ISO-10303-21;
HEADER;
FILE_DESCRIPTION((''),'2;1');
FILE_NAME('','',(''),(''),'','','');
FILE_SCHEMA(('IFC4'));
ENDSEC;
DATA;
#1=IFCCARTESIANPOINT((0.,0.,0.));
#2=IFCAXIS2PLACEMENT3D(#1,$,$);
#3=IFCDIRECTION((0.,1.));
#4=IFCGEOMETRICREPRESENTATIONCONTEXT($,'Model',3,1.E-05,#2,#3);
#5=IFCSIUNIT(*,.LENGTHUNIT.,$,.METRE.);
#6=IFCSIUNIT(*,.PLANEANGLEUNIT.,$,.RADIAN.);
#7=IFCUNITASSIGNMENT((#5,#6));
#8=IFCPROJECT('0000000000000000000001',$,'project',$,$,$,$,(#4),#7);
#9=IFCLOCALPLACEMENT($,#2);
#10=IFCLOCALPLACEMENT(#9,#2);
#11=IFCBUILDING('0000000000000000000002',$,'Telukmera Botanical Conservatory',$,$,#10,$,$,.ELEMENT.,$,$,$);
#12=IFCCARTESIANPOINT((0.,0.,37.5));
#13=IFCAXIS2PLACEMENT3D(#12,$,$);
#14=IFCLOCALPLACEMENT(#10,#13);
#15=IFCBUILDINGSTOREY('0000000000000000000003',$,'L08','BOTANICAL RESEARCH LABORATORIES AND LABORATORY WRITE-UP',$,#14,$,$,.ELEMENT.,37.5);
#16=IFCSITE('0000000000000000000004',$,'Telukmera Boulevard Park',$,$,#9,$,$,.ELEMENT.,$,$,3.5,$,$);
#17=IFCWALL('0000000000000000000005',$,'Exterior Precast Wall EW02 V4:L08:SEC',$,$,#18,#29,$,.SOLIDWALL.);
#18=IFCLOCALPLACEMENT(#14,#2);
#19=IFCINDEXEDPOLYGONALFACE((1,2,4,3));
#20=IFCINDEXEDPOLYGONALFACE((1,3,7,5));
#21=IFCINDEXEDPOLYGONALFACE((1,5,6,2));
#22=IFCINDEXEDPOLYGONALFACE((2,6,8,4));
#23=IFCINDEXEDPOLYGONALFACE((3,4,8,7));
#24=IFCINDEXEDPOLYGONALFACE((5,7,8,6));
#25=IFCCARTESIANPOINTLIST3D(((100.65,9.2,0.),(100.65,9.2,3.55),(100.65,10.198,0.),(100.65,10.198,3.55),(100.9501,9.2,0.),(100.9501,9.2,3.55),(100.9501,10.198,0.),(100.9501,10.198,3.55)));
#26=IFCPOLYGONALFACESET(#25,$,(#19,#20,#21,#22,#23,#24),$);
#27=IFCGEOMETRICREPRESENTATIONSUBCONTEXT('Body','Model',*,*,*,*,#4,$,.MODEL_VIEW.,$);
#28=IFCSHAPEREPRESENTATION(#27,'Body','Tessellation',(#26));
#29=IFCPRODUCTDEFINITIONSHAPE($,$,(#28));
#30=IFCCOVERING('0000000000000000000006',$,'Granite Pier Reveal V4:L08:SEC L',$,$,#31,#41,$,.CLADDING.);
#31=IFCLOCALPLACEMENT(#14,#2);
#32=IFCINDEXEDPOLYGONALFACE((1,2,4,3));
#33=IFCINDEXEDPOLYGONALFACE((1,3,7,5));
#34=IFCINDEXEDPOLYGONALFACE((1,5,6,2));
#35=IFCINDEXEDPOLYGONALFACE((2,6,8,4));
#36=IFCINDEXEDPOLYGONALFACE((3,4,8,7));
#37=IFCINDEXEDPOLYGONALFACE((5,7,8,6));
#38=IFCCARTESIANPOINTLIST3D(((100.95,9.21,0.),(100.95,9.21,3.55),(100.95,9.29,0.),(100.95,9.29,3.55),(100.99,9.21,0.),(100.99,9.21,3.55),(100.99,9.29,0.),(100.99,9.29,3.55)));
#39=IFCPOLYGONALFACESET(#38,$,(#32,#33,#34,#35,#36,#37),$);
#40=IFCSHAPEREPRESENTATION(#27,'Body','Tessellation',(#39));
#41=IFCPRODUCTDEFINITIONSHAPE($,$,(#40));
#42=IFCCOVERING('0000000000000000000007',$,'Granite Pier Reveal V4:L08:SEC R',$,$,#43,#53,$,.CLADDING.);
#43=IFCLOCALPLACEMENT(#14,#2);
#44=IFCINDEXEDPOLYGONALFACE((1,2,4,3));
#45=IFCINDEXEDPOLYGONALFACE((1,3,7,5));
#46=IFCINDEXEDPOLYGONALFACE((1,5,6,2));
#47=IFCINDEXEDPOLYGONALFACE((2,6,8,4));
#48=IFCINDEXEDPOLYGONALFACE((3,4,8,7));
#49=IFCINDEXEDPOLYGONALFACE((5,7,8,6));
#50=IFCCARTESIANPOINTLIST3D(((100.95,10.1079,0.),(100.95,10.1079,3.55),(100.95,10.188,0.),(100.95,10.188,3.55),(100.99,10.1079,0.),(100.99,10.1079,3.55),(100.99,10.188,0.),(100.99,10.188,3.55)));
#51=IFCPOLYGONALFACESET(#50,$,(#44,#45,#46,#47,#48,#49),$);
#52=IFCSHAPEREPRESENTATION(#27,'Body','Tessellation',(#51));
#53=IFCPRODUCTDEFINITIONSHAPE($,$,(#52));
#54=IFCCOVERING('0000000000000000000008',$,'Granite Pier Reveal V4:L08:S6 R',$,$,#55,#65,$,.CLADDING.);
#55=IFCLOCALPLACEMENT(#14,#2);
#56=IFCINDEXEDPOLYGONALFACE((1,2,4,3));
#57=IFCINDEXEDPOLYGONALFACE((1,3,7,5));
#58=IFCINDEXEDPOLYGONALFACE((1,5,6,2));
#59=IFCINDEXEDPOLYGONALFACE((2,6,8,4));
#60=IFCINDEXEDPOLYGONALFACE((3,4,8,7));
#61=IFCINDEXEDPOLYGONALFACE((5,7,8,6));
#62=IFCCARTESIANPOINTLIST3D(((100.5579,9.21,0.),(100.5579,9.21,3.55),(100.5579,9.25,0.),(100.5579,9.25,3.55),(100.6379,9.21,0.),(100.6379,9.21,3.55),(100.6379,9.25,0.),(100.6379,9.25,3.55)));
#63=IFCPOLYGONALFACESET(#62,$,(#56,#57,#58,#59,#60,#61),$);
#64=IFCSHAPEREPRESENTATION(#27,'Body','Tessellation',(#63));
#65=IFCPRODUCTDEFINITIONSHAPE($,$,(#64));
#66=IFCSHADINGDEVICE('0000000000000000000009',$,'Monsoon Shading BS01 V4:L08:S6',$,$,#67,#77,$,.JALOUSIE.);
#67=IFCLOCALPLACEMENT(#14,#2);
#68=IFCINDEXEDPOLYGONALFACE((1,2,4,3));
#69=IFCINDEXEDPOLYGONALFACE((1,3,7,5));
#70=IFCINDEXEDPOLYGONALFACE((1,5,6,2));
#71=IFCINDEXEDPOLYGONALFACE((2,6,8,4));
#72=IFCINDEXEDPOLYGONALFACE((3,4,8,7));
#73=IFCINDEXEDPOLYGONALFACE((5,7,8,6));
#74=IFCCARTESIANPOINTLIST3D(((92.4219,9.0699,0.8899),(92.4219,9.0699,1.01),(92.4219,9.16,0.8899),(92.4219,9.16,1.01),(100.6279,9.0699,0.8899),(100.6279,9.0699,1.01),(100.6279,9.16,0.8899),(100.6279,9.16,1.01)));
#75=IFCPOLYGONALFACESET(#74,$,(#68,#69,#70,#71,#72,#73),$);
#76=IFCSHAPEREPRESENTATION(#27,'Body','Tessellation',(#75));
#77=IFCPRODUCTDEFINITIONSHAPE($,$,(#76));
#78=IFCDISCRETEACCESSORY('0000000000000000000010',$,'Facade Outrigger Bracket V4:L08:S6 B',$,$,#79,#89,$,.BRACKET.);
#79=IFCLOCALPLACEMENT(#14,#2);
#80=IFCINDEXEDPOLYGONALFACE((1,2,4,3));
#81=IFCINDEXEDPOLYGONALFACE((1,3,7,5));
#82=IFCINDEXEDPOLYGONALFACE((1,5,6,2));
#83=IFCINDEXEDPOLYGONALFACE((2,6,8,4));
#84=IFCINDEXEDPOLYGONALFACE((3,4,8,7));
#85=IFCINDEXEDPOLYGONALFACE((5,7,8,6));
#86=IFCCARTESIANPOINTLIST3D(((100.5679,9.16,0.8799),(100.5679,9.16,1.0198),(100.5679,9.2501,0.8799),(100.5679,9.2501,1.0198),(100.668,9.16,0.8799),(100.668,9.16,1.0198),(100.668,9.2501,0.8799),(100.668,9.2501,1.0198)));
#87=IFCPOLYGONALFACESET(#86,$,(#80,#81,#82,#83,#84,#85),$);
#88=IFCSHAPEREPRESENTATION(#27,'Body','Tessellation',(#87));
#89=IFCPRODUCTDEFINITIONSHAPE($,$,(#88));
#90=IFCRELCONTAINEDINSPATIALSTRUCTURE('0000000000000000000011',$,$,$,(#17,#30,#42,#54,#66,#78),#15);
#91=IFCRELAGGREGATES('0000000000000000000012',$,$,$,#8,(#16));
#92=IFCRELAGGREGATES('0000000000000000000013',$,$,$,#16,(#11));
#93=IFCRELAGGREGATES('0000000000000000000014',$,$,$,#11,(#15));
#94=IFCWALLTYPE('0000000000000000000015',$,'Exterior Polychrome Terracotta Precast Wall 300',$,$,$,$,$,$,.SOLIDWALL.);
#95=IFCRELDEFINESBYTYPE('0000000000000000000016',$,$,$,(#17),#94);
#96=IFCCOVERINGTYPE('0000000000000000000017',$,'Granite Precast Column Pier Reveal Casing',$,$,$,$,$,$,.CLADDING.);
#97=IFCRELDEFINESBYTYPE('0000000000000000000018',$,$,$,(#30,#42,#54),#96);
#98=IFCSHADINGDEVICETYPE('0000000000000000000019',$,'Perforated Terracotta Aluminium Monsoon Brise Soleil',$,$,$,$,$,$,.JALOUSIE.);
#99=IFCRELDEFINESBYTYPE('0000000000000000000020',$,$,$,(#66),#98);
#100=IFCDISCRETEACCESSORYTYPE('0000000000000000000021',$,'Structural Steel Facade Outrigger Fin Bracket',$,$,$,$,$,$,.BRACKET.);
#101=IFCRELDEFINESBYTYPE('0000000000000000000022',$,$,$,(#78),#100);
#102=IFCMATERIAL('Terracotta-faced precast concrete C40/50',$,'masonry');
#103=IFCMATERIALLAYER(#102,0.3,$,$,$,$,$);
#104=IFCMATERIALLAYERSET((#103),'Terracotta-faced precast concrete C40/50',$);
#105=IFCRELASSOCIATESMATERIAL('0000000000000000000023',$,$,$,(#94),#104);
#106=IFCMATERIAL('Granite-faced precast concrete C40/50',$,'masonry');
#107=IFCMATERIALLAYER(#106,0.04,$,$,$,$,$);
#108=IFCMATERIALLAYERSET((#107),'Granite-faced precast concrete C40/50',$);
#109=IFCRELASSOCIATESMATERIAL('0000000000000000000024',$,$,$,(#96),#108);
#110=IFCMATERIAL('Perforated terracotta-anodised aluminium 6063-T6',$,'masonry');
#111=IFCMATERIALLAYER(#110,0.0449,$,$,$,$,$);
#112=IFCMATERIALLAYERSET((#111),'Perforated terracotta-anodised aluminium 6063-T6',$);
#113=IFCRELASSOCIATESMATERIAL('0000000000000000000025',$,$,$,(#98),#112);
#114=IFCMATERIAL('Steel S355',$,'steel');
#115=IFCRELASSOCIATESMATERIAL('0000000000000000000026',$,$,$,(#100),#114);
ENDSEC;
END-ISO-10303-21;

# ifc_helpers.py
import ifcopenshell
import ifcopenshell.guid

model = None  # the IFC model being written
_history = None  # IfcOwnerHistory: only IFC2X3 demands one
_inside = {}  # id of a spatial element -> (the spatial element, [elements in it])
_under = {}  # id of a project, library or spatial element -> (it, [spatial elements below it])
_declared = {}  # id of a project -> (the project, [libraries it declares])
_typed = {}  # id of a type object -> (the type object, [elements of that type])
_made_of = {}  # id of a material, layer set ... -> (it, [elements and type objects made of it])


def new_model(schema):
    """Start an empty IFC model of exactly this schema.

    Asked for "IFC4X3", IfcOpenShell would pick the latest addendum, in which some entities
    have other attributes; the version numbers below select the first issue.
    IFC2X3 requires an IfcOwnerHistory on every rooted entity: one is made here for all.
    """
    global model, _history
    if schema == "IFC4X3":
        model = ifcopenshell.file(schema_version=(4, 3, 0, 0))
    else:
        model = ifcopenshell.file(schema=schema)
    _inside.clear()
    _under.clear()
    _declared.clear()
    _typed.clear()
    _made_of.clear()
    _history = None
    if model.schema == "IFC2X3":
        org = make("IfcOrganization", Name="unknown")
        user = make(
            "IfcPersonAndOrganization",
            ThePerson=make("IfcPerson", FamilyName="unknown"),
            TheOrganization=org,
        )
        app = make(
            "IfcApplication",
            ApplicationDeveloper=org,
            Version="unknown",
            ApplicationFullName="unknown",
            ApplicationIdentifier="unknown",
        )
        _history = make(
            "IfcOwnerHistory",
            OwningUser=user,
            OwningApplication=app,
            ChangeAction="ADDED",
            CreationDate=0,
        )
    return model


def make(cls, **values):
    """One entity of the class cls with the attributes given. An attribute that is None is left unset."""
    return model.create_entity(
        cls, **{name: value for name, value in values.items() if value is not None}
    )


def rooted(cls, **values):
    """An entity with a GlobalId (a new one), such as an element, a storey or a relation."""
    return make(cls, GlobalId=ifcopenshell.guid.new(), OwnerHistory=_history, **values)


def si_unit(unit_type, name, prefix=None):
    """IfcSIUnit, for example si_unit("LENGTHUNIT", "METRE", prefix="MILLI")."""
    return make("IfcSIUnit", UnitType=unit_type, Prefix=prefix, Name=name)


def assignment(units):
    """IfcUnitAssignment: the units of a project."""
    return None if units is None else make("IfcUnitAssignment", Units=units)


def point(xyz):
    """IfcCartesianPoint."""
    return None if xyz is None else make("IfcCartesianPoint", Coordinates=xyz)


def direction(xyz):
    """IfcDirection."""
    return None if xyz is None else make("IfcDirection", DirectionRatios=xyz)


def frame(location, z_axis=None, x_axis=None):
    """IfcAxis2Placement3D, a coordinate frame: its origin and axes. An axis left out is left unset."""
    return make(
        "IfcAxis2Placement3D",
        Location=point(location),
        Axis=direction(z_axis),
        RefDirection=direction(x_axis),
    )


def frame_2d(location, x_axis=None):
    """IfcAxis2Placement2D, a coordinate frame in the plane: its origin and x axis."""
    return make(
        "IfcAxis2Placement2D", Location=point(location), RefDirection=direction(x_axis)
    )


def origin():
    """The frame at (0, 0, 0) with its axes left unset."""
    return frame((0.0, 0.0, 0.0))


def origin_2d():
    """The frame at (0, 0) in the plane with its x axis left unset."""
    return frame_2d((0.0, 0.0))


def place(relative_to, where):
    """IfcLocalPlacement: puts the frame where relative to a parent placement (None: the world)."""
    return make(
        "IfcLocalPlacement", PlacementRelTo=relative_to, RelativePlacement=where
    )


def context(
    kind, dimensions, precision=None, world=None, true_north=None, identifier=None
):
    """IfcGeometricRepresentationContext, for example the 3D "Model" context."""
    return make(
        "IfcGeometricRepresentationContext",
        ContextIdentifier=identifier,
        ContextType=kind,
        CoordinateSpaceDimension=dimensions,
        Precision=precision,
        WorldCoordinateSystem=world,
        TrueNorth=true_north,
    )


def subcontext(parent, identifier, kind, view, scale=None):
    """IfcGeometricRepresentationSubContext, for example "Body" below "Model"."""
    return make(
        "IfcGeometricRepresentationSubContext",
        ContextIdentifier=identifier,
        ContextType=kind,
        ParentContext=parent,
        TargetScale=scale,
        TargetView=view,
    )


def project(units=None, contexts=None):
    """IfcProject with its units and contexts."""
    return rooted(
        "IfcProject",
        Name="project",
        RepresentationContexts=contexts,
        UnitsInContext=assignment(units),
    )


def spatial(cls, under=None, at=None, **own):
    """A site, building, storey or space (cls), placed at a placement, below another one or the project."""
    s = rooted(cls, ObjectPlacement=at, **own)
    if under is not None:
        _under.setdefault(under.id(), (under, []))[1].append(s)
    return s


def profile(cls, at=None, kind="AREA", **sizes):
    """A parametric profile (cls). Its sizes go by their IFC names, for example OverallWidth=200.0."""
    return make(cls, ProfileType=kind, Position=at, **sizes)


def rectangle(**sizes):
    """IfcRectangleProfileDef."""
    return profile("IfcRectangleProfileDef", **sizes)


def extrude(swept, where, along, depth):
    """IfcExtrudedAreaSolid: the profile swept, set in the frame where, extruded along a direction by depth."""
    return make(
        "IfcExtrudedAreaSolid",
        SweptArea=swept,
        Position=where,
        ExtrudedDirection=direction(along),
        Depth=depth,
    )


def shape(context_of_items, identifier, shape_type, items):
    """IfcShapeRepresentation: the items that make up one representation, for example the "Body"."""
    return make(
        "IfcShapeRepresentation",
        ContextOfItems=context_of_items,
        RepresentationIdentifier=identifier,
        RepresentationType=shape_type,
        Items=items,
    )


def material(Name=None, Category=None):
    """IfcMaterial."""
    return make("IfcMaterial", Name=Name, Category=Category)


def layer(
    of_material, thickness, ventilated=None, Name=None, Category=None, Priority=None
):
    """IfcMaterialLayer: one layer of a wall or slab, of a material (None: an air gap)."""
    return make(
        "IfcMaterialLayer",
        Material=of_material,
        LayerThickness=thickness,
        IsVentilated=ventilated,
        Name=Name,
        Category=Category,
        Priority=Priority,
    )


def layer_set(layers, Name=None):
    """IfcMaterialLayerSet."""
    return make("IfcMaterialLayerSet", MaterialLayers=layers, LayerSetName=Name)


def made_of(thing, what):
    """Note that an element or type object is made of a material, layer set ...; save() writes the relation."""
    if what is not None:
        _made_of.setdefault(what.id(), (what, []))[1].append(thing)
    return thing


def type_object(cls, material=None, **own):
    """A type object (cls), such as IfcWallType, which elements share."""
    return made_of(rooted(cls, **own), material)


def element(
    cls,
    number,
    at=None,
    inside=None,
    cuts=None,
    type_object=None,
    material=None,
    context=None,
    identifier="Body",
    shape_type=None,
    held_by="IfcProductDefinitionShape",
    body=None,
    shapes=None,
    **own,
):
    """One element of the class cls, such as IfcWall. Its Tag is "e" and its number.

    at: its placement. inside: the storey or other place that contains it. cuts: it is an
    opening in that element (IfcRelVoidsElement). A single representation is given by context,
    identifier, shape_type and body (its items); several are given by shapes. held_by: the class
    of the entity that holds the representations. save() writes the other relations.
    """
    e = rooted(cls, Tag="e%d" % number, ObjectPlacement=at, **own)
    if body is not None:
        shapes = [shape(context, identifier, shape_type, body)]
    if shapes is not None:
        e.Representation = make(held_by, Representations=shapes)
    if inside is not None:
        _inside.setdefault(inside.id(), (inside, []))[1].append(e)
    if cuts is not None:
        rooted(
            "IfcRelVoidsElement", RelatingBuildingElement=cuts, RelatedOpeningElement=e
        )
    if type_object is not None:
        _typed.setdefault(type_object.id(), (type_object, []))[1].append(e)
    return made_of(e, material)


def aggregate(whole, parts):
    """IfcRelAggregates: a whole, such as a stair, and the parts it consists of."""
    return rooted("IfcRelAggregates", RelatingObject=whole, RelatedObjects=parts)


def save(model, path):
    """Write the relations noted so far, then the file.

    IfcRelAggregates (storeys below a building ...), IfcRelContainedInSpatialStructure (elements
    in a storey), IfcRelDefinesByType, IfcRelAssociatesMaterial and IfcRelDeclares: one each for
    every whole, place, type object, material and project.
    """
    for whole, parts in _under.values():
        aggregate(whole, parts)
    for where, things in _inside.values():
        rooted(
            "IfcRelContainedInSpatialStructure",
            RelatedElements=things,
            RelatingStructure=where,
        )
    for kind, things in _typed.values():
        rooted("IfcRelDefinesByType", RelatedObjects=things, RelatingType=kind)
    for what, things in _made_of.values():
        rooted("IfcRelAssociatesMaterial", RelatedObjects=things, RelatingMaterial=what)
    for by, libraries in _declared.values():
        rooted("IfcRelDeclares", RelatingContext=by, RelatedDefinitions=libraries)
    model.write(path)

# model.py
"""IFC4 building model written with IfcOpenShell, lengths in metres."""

from ifc_helpers import new_model, si_unit, direction, frame, frame_2d, origin, origin_2d, place, context, subcontext, project, spatial, rectangle, extrude, material, layer, layer_set, type_object, element, save


model = new_model("IFC4")

# Units and contexts
model_context = context("Model", 3, precision=1e-05, world=origin(), true_north=direction((0.0, 1.0)))
body_context = subcontext(model_context, "Body", "Model", "MODEL_VIEW")
ifc_project = project(units=[si_unit("LENGTHUNIT", "METRE"), si_unit("PLANEANGLEUNIT", "RADIAN")], contexts=[model_context])

# Site, building, storey
site_placement = place(None, origin())
site = spatial("IfcSite", under=ifc_project, at=site_placement, Name="Telukmera Boulevard Park", CompositionType="ELEMENT", RefElevation=3.5)
building_placement = place(site_placement, origin())
building = spatial("IfcBuilding", under=site, at=building_placement, Name="Telukmera Botanical Conservatory", CompositionType="ELEMENT")
storey_placement = place(building_placement, frame((0.0, 0.0, 37.5)))
storey = spatial("IfcBuildingStorey", under=building, at=storey_placement, Name="L08", Description="BOTANICAL RESEARCH LABORATORIES AND LABORATORY WRITE-UP", CompositionType="ELEMENT", Elevation=37.5)

# Wall
ifc_material_1 = material(Name="Terracotta-faced precast concrete C40/50", Category="masonry")
ifc_layer_1 = layer(ifc_material_1, 0.3)
ifc_layer_set_1 = layer_set([ifc_layer_1], Name="Terracotta-faced precast concrete C40/50")
wall_type = type_object("IfcWallType", Name="Exterior Polychrome Terracotta Precast Wall 300", PredefinedType="SOLIDWALL", material=ifc_layer_set_1)
wall_placement = place(storey_placement, frame((100.8, 9.2, 0.0), z_axis=(0.0, 0.0, 1.0), x_axis=(0.0, 1.0, 0.0)))
element("IfcWall", 1, at=wall_placement, inside=storey, type_object=wall_type, Name="Exterior Precast Wall EW02 V4:L08:SEC", PredefinedType="SOLIDWALL", context=body_context, shape_type="SweptSolid", body=[
    extrude(rectangle(XDim=0.998, YDim=0.3, at=frame_2d((0.499, 0.0))), origin(), (0.0, 0.0, 1.0), 3.55),
])

# Coverings
ifc_material_2 = material(Name="Granite-faced precast concrete C40/50", Category="masonry")
ifc_layer_2 = layer(ifc_material_2, 0.04)
ifc_layer_set_2 = layer_set([ifc_layer_2], Name="Granite-faced precast concrete C40/50")
covering_type = type_object("IfcCoveringType", Name="Granite Precast Column Pier Reveal Casing", PredefinedType="CLADDING", material=ifc_layer_set_2)
for number, where, z_axis, x_axis, name in (
    (2, (100.97, 9.25, 0.0), (0.0, 0.0, 1.0), (0.0, 1.0, 0.0), "Granite Pier Reveal V4:L08:SEC L"),
    (3, (100.97, 10.1479, 0.0), (0.0, 0.0, 1.0), (0.0, 1.0, 0.0), "Granite Pier Reveal V4:L08:SEC R"),
    (4, (100.5979, 9.23, 0.0), (0.0, 0.0, 1.0), (1.0, 0.0, 0.0), "Granite Pier Reveal V4:L08:S6 R"),
):
    element("IfcCovering", number, at=place(storey_placement, frame(where, z_axis=z_axis, x_axis=x_axis)), inside=storey, type_object=covering_type, Name=name, PredefinedType="CLADDING", context=body_context, shape_type="SweptSolid", body=[
        extrude(rectangle(XDim=0.0801, YDim=0.04, at=origin_2d()), origin(), (0.0, 0.0, 1.0), 3.55),
    ])

# Shading device
ifc_material_3 = material(Name="Perforated terracotta-anodised aluminium 6063-T6", Category="masonry")
ifc_layer_3 = layer(ifc_material_3, 0.0449)
ifc_layer_set_3 = layer_set([ifc_layer_3], Name="Perforated terracotta-anodised aluminium 6063-T6")
shading_device_type = type_object("IfcShadingDeviceType", Name="Perforated Terracotta Aluminium Monsoon Brise Soleil", PredefinedType="JALOUSIE", material=ifc_layer_set_3)
shading_device_placement = place(storey_placement, frame((96.5249, 9.115, 0.8899), z_axis=(0.0, 0.0, 1.0), x_axis=(1.0, 0.0, 0.0)))
element("IfcShadingDevice", 5, at=shading_device_placement, inside=storey, type_object=shading_device_type, Name="Monsoon Shading BS01 V4:L08:S6", PredefinedType="JALOUSIE", context=body_context, shape_type="SweptSolid", body=[
    extrude(rectangle(XDim=8.2061, YDim=0.0901, at=origin_2d()), origin(), (0.0, 0.0, 1.0), 0.1201),
])

# Discrete accessory
ifc_material_4 = material(Name="Steel S355", Category="steel")
discrete_accessory_type = type_object("IfcDiscreteAccessoryType", Name="Structural Steel Facade Outrigger Fin Bracket", PredefinedType="BRACKET", material=ifc_material_4)
discrete_accessory_placement = place(storey_placement, frame((100.6179, 9.2051, 0.8799), z_axis=(0.0, 0.0, 1.0), x_axis=(1.0, 0.0, 0.0)))
element("IfcDiscreteAccessory", 6, at=discrete_accessory_placement, inside=storey, type_object=discrete_accessory_type, Name="Facade Outrigger Bracket V4:L08:S6 B", PredefinedType="BRACKET", context=body_context, shape_type="SweptSolid", body=[
    extrude(rectangle(XDim=0.1001, YDim=0.0901, at=origin_2d()), origin(), (0.0, 0.0, 1.0), 0.1399),
])

save(model, "model.ifc")
